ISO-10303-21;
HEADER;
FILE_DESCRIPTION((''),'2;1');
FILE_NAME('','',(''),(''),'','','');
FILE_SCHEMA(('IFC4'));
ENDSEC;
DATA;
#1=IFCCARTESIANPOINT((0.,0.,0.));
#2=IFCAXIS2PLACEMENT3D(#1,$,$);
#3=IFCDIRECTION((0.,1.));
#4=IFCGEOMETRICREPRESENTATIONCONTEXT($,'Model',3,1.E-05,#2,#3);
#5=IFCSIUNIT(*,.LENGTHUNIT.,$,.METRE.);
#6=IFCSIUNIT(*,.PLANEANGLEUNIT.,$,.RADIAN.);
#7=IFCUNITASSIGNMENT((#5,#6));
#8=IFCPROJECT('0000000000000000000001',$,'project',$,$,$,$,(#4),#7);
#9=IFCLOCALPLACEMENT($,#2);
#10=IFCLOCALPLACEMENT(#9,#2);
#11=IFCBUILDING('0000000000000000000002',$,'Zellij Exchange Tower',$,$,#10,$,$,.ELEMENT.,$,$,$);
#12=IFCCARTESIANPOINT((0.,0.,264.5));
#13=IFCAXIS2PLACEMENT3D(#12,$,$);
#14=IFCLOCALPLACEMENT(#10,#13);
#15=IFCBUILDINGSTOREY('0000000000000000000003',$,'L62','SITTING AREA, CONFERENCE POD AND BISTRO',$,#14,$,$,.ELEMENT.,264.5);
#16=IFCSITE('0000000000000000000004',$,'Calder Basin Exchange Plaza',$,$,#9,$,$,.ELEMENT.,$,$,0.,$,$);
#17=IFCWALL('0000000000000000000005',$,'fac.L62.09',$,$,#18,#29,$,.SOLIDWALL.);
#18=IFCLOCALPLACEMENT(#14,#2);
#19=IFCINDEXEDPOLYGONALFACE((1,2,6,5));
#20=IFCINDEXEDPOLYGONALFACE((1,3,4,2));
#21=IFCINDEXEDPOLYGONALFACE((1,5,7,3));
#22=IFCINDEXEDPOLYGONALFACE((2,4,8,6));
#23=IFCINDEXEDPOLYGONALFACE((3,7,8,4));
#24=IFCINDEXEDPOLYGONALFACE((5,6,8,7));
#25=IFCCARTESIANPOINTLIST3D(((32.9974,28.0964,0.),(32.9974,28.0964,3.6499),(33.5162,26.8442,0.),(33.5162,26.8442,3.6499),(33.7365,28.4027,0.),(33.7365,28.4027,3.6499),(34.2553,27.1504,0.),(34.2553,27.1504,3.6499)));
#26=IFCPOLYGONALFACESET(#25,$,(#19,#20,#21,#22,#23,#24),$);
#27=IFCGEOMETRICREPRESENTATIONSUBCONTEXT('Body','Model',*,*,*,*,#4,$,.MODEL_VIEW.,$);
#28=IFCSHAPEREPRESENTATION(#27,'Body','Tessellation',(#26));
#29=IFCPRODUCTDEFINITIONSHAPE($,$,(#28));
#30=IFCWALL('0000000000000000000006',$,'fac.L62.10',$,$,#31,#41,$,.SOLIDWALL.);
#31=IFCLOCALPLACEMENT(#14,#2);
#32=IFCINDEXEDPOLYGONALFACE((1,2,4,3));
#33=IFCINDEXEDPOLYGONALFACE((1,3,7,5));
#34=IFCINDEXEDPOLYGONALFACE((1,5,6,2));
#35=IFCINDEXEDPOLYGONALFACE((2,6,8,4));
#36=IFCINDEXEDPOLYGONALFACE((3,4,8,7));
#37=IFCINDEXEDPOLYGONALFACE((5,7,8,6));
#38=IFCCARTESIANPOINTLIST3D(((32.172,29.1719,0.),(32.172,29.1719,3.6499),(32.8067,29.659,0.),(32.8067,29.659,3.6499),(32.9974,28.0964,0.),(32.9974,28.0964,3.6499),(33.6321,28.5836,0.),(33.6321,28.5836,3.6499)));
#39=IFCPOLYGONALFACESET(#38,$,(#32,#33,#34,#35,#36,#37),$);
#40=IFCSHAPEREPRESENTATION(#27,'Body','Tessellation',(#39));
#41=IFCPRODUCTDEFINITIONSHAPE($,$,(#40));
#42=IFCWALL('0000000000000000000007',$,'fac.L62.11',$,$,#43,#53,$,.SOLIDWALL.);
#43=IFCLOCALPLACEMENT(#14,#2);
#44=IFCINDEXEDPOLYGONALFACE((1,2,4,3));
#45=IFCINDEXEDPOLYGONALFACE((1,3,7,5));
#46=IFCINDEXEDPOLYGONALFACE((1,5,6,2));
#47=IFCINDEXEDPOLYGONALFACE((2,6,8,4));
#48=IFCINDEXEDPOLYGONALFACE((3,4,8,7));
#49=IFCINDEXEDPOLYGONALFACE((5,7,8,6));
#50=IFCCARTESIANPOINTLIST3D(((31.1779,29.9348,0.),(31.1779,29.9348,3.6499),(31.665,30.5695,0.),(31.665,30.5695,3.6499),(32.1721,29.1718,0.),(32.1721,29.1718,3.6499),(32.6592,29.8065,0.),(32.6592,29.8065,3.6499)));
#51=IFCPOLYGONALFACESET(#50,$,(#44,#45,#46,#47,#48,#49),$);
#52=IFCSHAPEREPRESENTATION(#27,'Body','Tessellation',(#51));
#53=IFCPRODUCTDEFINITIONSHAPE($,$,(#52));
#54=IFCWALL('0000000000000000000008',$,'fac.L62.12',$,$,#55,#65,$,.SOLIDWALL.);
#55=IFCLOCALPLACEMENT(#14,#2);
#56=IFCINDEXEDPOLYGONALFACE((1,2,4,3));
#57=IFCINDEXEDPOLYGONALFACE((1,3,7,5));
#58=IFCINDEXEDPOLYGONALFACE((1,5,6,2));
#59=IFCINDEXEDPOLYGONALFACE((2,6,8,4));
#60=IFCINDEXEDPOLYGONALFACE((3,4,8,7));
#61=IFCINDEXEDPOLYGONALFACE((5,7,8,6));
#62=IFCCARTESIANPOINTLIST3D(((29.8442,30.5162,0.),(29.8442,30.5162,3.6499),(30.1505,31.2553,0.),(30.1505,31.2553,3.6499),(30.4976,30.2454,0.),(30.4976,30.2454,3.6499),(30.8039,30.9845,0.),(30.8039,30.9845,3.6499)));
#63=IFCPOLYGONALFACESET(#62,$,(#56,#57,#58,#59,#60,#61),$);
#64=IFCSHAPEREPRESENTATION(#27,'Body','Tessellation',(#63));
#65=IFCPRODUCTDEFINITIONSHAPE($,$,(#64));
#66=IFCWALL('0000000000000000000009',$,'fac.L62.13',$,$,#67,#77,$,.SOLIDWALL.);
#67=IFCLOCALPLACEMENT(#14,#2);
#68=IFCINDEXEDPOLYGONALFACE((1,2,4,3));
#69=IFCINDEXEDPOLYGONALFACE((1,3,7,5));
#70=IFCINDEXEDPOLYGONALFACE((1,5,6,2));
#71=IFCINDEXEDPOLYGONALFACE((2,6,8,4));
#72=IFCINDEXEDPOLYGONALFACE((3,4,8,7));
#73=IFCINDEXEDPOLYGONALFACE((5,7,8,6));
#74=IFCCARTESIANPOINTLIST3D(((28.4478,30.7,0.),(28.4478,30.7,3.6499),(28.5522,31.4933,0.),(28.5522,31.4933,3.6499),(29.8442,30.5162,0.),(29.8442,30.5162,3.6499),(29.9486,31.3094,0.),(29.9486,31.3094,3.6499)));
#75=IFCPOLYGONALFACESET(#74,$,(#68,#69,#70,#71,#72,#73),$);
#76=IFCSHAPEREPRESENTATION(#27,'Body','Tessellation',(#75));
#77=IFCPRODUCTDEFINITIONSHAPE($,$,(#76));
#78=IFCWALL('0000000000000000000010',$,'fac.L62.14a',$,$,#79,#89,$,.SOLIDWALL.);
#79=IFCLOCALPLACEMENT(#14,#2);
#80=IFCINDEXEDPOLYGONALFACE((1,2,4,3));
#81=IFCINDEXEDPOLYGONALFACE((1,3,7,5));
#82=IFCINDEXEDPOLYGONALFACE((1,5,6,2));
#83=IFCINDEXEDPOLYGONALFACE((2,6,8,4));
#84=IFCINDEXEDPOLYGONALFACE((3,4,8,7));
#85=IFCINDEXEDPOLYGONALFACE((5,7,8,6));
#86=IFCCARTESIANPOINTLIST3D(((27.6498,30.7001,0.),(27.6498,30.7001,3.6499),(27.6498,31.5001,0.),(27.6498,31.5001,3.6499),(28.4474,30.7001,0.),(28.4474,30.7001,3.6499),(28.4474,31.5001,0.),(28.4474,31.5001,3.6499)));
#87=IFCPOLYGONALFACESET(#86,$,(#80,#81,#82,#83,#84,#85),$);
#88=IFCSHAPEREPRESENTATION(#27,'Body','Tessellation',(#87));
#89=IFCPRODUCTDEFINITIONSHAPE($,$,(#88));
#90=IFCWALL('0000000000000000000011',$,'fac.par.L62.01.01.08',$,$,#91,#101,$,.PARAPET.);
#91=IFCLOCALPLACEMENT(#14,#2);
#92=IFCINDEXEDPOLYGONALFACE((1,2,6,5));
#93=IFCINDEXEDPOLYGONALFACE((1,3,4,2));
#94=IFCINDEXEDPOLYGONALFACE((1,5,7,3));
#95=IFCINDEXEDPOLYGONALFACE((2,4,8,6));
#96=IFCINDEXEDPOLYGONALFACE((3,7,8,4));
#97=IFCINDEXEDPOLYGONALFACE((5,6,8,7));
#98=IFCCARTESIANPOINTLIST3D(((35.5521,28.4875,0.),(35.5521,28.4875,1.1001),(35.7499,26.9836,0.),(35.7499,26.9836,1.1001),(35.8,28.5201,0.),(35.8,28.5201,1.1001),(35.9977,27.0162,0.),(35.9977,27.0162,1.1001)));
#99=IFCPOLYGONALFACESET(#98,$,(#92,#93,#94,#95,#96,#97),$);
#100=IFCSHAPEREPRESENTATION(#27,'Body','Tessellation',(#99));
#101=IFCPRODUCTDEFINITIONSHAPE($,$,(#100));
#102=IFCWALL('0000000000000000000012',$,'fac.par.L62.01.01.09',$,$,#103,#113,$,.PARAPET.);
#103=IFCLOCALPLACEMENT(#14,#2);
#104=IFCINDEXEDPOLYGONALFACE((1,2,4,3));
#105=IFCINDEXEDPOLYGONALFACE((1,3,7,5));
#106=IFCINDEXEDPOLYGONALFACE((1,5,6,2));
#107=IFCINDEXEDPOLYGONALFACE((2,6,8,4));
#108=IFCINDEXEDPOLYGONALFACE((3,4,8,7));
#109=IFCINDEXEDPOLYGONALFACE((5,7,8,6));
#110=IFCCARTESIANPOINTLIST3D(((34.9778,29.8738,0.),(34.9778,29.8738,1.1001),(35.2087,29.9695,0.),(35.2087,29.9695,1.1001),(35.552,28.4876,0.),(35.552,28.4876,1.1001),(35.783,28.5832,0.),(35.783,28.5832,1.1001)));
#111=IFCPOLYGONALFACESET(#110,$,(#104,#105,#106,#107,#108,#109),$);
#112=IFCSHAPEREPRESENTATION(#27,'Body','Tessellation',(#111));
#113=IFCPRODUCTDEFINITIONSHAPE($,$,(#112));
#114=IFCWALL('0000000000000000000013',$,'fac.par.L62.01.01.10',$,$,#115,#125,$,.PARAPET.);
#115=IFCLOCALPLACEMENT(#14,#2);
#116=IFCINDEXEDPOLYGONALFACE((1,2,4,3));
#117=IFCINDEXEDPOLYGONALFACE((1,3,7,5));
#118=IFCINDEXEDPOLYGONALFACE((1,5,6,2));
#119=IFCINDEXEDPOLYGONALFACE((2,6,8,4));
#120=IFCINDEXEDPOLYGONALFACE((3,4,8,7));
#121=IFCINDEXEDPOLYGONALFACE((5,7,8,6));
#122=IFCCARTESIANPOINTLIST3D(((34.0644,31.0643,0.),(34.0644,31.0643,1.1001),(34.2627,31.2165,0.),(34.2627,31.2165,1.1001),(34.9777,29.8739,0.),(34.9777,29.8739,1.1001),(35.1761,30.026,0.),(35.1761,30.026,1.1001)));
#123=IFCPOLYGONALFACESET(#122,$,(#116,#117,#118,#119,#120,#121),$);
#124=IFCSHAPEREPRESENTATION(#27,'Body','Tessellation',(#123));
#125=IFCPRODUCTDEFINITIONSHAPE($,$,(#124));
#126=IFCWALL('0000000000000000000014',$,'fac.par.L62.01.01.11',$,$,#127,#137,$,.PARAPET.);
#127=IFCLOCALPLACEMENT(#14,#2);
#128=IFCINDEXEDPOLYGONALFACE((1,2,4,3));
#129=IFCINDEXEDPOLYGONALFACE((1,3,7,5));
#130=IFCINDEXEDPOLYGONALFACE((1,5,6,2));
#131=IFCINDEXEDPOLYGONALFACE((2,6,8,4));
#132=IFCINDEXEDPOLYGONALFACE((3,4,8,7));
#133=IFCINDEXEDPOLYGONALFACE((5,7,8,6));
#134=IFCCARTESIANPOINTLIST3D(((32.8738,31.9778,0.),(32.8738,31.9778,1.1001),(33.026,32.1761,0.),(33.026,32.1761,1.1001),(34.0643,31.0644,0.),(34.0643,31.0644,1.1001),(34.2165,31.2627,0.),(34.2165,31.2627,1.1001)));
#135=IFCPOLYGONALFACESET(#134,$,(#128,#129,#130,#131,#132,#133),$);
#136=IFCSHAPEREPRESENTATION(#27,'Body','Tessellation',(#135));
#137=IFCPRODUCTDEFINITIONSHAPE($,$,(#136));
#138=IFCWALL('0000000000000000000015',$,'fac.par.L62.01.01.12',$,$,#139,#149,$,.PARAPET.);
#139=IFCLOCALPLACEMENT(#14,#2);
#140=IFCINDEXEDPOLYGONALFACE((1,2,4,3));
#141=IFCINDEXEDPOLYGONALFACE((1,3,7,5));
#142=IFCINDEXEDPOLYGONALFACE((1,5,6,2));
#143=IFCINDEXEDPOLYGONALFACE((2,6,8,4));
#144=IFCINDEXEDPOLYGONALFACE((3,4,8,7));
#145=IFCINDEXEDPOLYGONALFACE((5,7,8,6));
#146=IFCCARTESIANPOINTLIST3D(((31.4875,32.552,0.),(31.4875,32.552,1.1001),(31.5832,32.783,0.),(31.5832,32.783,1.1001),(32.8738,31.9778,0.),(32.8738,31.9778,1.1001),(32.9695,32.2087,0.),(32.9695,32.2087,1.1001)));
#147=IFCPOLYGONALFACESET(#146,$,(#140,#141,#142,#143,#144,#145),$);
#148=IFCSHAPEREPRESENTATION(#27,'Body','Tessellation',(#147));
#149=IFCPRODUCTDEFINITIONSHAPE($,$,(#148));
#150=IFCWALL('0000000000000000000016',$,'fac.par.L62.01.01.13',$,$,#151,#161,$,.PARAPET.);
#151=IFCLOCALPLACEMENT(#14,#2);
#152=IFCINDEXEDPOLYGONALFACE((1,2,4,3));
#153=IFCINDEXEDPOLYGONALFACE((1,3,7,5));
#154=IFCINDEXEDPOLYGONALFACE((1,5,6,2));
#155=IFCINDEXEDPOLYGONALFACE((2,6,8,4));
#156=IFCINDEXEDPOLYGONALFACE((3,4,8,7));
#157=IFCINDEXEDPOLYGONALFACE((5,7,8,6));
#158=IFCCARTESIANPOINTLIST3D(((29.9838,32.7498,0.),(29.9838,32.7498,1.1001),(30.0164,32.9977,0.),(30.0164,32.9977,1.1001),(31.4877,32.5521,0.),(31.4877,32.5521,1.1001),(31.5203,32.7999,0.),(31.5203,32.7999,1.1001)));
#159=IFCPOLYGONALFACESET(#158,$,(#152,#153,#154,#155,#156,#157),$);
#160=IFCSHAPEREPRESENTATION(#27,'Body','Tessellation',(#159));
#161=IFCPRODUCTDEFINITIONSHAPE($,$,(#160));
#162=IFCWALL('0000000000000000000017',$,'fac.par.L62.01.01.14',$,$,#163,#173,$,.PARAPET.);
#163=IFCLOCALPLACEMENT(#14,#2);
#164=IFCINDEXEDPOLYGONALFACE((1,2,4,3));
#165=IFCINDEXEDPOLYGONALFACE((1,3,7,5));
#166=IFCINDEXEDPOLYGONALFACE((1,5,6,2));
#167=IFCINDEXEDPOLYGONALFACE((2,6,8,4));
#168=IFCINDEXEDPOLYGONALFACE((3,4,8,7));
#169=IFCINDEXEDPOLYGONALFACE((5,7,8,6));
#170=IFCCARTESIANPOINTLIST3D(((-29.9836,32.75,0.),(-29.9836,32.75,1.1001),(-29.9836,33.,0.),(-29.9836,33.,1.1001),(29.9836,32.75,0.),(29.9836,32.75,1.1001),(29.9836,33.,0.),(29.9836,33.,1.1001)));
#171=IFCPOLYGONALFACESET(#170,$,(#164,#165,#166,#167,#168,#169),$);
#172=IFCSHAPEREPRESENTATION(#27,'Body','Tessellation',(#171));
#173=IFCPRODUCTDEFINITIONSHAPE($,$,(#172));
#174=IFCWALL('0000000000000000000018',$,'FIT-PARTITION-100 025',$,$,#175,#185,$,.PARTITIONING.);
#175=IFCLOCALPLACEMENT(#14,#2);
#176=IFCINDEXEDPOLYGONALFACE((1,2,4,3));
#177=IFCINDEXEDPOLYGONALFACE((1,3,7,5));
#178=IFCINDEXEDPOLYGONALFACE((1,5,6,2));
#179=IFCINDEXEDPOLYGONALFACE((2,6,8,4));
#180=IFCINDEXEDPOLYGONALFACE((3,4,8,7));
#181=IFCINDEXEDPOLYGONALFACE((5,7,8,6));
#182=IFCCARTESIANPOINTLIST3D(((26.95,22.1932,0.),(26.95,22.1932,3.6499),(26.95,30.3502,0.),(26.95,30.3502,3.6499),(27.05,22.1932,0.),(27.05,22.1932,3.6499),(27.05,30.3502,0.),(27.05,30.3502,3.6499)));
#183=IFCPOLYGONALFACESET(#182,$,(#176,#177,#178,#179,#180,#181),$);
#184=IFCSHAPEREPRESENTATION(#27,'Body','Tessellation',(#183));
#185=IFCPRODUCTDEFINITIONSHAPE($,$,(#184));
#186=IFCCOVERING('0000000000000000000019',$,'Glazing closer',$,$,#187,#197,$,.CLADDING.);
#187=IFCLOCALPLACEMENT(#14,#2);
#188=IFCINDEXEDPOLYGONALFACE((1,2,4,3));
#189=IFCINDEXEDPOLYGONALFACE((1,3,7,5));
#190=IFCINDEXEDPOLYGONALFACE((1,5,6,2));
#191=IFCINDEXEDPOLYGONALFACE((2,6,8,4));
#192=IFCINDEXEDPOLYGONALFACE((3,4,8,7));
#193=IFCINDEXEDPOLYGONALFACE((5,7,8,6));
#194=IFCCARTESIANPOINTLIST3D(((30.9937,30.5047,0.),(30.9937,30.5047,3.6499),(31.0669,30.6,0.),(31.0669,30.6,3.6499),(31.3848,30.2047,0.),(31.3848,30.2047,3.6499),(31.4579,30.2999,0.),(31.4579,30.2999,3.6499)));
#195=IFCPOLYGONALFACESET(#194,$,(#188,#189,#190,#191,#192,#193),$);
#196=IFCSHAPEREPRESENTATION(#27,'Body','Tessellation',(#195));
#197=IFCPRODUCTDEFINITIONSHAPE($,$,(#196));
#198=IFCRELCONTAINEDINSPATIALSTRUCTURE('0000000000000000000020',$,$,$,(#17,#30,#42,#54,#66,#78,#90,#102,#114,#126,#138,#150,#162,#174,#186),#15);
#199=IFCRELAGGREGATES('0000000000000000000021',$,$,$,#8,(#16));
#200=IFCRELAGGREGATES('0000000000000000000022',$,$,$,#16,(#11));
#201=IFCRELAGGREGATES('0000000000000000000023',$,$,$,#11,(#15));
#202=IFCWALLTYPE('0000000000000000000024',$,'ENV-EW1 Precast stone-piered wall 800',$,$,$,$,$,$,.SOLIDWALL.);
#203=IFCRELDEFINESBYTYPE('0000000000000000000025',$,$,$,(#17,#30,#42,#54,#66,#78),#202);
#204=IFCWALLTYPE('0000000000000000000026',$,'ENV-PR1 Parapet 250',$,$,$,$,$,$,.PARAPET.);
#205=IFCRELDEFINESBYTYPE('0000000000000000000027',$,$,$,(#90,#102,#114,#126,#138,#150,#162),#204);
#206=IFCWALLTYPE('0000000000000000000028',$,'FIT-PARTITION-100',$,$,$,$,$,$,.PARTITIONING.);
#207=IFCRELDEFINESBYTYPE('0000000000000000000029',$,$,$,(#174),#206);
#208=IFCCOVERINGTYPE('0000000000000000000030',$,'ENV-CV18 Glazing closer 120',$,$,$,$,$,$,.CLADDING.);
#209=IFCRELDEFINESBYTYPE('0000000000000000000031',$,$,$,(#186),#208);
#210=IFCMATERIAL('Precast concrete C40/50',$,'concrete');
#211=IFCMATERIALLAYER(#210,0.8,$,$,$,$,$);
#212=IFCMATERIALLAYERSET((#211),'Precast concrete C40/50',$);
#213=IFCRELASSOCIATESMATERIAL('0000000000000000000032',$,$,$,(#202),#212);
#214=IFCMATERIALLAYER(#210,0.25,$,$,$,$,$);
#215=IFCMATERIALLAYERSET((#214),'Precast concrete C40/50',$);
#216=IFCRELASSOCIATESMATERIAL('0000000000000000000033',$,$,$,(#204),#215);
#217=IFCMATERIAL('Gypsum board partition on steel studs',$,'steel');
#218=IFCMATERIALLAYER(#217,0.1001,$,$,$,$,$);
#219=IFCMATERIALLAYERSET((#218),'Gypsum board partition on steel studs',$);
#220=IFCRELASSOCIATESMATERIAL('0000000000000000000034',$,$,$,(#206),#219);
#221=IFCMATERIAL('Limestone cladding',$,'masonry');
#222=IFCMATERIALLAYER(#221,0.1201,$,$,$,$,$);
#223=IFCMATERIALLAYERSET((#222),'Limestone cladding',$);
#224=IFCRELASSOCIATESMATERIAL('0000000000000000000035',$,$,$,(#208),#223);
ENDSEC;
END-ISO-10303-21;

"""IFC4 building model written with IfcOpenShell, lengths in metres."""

from ifc_helpers import new_model, si_unit, direction, frame, frame_2d, origin, origin_2d, place, context, subcontext, project, spatial, rectangle, extrude, material, layer, layer_set, type_object, element, save


model = new_model("IFC4")

# Units and contexts
model_context = context("Model", 3, precision=1e-05, world=origin(), true_north=direction((0.0, 1.0)))
body_context = subcontext(model_context, "Body", "Model", "MODEL_VIEW")
ifc_project = project(units=[si_unit("LENGTHUNIT", "METRE"), si_unit("PLANEANGLEUNIT", "RADIAN")], contexts=[model_context])

# Site, building, storey
site_placement = place(None, origin())
site = spatial("IfcSite", under=ifc_project, at=site_placement, Name="Calder Basin Exchange Plaza", CompositionType="ELEMENT", RefElevation=0.0)
building_placement = place(site_placement, origin())
building = spatial("IfcBuilding", under=site, at=building_placement, Name="Zellij Exchange Tower", CompositionType="ELEMENT")
storey_placement = place(building_placement, frame((0.0, 0.0, 264.5)))
storey = spatial("IfcBuildingStorey", under=building, at=storey_placement, Name="L62", Description="SITTING AREA, CONFERENCE POD AND BISTRO", CompositionType="ELEMENT", Elevation=264.5)

# Walls
ifc_material_1 = material(Name="Precast concrete C40/50", Category="concrete")
ifc_layer_1 = layer(ifc_material_1, 0.8)
ifc_layer_set_1 = layer_set([ifc_layer_1], Name="Precast concrete C40/50")
wall_type_1 = type_object("IfcWallType", Name="ENV-EW1 Precast stone-piered wall 800", PredefinedType="SOLIDWALL", material=ifc_layer_set_1)
wall_1_placement = place(storey_placement, frame((33.8857, 26.9973, 0.0), z_axis=(0.0, 0.0, 1.0), x_axis=(-0.38276, 0.923848, 0.0)))
element("IfcWall", 1, at=wall_1_placement, inside=storey, type_object=wall_type_1, Name="fac.L62.09", PredefinedType="SOLIDWALL", context=body_context, shape_type="SweptSolid", body=[
    extrude(rectangle(XDim=1.3555, YDim=0.8, at=frame_2d((0.6777, 0.0))), origin(), (0.0, 0.0, 1.0), 3.6499),
])
wall_2_placement = place(storey_placement, frame((33.3147, 28.3401, 0.0), z_axis=(0.0, 0.0, 1.0), x_axis=(-0.608866, 0.793273, 0.0)))
element("IfcWall", 2, at=wall_2_placement, inside=storey, type_object=wall_type_1, Name="fac.L62.10", PredefinedType="SOLIDWALL", context=body_context, shape_type="SweptSolid", body=[
    extrude(rectangle(XDim=1.3557, YDim=0.8, at=frame_2d((0.6777, 0.0))), origin(), (0.0, 0.0, 1.0), 3.6499),
])
wall_3_placement = place(storey_placement, frame((32.4155, 29.4893, 0.0), z_axis=(0.0, 0.0, 1.0), x_axis=(-0.793312, 0.608816, 0.0)))
element("IfcWall", 3, at=wall_3_placement, inside=storey, type_object=wall_type_1, Name="fac.L62.11", PredefinedType="SOLIDWALL", context=body_context, shape_type="SweptSolid", body=[
    extrude(rectangle(XDim=1.2532, YDim=0.8, at=frame_2d((0.6265, 0.0))), origin(), (0.0, 0.0, 1.0), 3.6499),
])
wall_4_placement = place(storey_placement, frame((30.6506, 30.615, 0.0), z_axis=(0.0, 0.0, 1.0), x_axis=(-0.923811, 0.38285, 0.0)))
element("IfcWall", 4, at=wall_4_placement, inside=storey, type_object=wall_type_1, Name="fac.L62.12", PredefinedType="SOLIDWALL", context=body_context, shape_type="SweptSolid", body=[
    extrude(rectangle(XDim=0.7073, YDim=0.8, at=frame_2d((0.3535, 0.0))), origin(), (0.0, 0.0, 1.0), 3.6499),
])
wall_5_placement = place(storey_placement, frame((29.8962, 30.9128, 0.0), z_axis=(0.0, 0.0, 1.0), x_axis=(-0.991446, 0.130517, 0.0)))
element("IfcWall", 5, at=wall_5_placement, inside=storey, type_object=wall_type_1, Name="fac.L62.13", PredefinedType="SOLIDWALL", context=body_context, shape_type="SweptSolid", body=[
    extrude(rectangle(XDim=1.4084, YDim=0.8, at=frame_2d((0.7041, 0.0))), origin(), (0.0, 0.0, 1.0), 3.6499),
])
wall_6_placement = place(storey_placement, frame((28.4475, 31.1001, 0.0), z_axis=(0.0, 0.0, 1.0), x_axis=(-1.0, 0.0, 0.0)))
element("IfcWall", 6, at=wall_6_placement, inside=storey, type_object=wall_type_1, Name="fac.L62.14a", PredefinedType="SOLIDWALL", context=body_context, shape_type="SweptSolid", body=[
    extrude(rectangle(XDim=0.7976, YDim=0.8, at=frame_2d((0.3989, 0.0))), origin(), (0.0, 0.0, 1.0), 3.6499),
])
ifc_layer_2 = layer(ifc_material_1, 0.25)
ifc_layer_set_2 = layer_set([ifc_layer_2], Name="Precast concrete C40/50")
wall_type_2 = type_object("IfcWallType", Name="ENV-PR1 Parapet 250", PredefinedType="PARAPET", material=ifc_layer_set_2)
wall_7_placement = place(storey_placement, frame((35.8738, 27.0, 0.0), z_axis=(0.0, 0.0, 1.0), x_axis=(-0.130371, 0.991465, 0.0)))
element("IfcWall", 7, at=wall_7_placement, inside=storey, type_object=wall_type_2, Name="fac.par.L62.01.01.08", PredefinedType="PARAPET", context=body_context, shape_type="SweptSolid", body=[
    extrude(rectangle(XDim=1.5168, YDim=0.25, at=frame_2d((0.7583, 0.0))), origin(), (0.0, 0.0, 1.0), 1.1001),
])
for number, where, z_axis, x_axis, name in (
    (8, (35.6675, 28.5354, 0.0), (0.0, 0.0, 1.0), (-0.382697, 0.923874, 0.0), "fac.par.L62.01.01.09"),
    (9, (35.0769, 29.95, 0.0), (0.0, 0.0, 1.0), (-0.608712, 0.793392, 0.0), "fac.par.L62.01.01.10"),
    (10, (34.1404, 31.1636, 0.0), (0.0, 0.0, 1.0), (-0.793392, 0.608712, 0.0), "fac.par.L62.01.01.11"),
    (11, (32.9216, 32.0933, 0.0), (0.0, 0.0, 1.0), (-0.923874, 0.382697, 0.0), "fac.par.L62.01.01.12"),
):
    element("IfcWall", number, at=place(storey_placement, frame(where, z_axis=z_axis, x_axis=x_axis)), inside=storey, type_object=wall_type_2, Name=name, PredefinedType="PARAPET", context=body_context, shape_type="SweptSolid", body=[
        extrude(rectangle(XDim=1.5005, YDim=0.25, at=frame_2d((0.7502, 0.0))), origin(), (0.0, 0.0, 1.0), 1.1001),
    ])
wall_8_placement = place(storey_placement, frame((31.5039, 32.676, 0.0), z_axis=(0.0, 0.0, 1.0), x_axis=(-0.991465, 0.130371, 0.0)))
element("IfcWall", 12, at=wall_8_placement, inside=storey, type_object=wall_type_2, Name="fac.par.L62.01.01.13", PredefinedType="PARAPET", context=body_context, shape_type="SweptSolid", body=[
    extrude(rectangle(XDim=1.5168, YDim=0.25, at=frame_2d((0.7583, 0.0))), origin(), (0.0, 0.0, 1.0), 1.1001),
])
wall_9_placement = place(storey_placement, frame((29.9836, 32.875, 0.0), z_axis=(0.0, 0.0, 1.0), x_axis=(-1.0, 0.0, 0.0)))
element("IfcWall", 13, at=wall_9_placement, inside=storey, type_object=wall_type_2, Name="fac.par.L62.01.01.14", PredefinedType="PARAPET", context=body_context, shape_type="SweptSolid", body=[
    extrude(rectangle(XDim=59.9673, YDim=0.25, at=frame_2d((29.9836, 0.0))), origin(), (0.0, 0.0, 1.0), 1.1001),
])
ifc_material_2 = material(Name="Gypsum board partition on steel studs", Category="steel")
ifc_layer_3 = layer(ifc_material_2, 0.1001)
ifc_layer_set_3 = layer_set([ifc_layer_3], Name="Gypsum board partition on steel studs")
wall_type_3 = type_object("IfcWallType", Name="FIT-PARTITION-100", PredefinedType="PARTITIONING", material=ifc_layer_set_3)
wall_10_placement = place(storey_placement, frame((27.0, 22.1931, 0.0), z_axis=(0.0, 0.0, 1.0), x_axis=(0.0, 1.0, 0.0)))
element("IfcWall", 14, at=wall_10_placement, inside=storey, type_object=wall_type_3, Name="FIT-PARTITION-100 025", PredefinedType="PARTITIONING", context=body_context, shape_type="SweptSolid", body=[
    extrude(rectangle(XDim=8.157, YDim=0.1001, at=frame_2d((4.0786, 0.0))), origin(), (0.0, 0.0, 1.0), 3.6499),
])

# Covering
ifc_material_3 = material(Name="Limestone cladding", Category="masonry")
ifc_layer_4 = layer(ifc_material_3, 0.1201)
ifc_layer_set_4 = layer_set([ifc_layer_4], Name="Limestone cladding")
covering_type = type_object("IfcCoveringType", Name="ENV-CV18 Glazing closer 120", PredefinedType="CLADDING", material=ifc_layer_set_4)
covering_1_placement = place(storey_placement, frame((31.2258, 30.4023, 0.0), z_axis=(0.0, 0.0, 1.0), x_axis=(-0.793316, 0.60881, 0.0)))
element("IfcCovering", 15, at=covering_1_placement, inside=storey, type_object=covering_type, Name="Glazing closer", PredefinedType="CLADDING", context=body_context, shape_type="SweptSolid", body=[
    extrude(rectangle(XDim=0.4929, YDim=0.1201, at=origin_2d()), origin(), (0.0, 0.0, 1.0), 3.6499),
])

save(model, "model.ifc")
